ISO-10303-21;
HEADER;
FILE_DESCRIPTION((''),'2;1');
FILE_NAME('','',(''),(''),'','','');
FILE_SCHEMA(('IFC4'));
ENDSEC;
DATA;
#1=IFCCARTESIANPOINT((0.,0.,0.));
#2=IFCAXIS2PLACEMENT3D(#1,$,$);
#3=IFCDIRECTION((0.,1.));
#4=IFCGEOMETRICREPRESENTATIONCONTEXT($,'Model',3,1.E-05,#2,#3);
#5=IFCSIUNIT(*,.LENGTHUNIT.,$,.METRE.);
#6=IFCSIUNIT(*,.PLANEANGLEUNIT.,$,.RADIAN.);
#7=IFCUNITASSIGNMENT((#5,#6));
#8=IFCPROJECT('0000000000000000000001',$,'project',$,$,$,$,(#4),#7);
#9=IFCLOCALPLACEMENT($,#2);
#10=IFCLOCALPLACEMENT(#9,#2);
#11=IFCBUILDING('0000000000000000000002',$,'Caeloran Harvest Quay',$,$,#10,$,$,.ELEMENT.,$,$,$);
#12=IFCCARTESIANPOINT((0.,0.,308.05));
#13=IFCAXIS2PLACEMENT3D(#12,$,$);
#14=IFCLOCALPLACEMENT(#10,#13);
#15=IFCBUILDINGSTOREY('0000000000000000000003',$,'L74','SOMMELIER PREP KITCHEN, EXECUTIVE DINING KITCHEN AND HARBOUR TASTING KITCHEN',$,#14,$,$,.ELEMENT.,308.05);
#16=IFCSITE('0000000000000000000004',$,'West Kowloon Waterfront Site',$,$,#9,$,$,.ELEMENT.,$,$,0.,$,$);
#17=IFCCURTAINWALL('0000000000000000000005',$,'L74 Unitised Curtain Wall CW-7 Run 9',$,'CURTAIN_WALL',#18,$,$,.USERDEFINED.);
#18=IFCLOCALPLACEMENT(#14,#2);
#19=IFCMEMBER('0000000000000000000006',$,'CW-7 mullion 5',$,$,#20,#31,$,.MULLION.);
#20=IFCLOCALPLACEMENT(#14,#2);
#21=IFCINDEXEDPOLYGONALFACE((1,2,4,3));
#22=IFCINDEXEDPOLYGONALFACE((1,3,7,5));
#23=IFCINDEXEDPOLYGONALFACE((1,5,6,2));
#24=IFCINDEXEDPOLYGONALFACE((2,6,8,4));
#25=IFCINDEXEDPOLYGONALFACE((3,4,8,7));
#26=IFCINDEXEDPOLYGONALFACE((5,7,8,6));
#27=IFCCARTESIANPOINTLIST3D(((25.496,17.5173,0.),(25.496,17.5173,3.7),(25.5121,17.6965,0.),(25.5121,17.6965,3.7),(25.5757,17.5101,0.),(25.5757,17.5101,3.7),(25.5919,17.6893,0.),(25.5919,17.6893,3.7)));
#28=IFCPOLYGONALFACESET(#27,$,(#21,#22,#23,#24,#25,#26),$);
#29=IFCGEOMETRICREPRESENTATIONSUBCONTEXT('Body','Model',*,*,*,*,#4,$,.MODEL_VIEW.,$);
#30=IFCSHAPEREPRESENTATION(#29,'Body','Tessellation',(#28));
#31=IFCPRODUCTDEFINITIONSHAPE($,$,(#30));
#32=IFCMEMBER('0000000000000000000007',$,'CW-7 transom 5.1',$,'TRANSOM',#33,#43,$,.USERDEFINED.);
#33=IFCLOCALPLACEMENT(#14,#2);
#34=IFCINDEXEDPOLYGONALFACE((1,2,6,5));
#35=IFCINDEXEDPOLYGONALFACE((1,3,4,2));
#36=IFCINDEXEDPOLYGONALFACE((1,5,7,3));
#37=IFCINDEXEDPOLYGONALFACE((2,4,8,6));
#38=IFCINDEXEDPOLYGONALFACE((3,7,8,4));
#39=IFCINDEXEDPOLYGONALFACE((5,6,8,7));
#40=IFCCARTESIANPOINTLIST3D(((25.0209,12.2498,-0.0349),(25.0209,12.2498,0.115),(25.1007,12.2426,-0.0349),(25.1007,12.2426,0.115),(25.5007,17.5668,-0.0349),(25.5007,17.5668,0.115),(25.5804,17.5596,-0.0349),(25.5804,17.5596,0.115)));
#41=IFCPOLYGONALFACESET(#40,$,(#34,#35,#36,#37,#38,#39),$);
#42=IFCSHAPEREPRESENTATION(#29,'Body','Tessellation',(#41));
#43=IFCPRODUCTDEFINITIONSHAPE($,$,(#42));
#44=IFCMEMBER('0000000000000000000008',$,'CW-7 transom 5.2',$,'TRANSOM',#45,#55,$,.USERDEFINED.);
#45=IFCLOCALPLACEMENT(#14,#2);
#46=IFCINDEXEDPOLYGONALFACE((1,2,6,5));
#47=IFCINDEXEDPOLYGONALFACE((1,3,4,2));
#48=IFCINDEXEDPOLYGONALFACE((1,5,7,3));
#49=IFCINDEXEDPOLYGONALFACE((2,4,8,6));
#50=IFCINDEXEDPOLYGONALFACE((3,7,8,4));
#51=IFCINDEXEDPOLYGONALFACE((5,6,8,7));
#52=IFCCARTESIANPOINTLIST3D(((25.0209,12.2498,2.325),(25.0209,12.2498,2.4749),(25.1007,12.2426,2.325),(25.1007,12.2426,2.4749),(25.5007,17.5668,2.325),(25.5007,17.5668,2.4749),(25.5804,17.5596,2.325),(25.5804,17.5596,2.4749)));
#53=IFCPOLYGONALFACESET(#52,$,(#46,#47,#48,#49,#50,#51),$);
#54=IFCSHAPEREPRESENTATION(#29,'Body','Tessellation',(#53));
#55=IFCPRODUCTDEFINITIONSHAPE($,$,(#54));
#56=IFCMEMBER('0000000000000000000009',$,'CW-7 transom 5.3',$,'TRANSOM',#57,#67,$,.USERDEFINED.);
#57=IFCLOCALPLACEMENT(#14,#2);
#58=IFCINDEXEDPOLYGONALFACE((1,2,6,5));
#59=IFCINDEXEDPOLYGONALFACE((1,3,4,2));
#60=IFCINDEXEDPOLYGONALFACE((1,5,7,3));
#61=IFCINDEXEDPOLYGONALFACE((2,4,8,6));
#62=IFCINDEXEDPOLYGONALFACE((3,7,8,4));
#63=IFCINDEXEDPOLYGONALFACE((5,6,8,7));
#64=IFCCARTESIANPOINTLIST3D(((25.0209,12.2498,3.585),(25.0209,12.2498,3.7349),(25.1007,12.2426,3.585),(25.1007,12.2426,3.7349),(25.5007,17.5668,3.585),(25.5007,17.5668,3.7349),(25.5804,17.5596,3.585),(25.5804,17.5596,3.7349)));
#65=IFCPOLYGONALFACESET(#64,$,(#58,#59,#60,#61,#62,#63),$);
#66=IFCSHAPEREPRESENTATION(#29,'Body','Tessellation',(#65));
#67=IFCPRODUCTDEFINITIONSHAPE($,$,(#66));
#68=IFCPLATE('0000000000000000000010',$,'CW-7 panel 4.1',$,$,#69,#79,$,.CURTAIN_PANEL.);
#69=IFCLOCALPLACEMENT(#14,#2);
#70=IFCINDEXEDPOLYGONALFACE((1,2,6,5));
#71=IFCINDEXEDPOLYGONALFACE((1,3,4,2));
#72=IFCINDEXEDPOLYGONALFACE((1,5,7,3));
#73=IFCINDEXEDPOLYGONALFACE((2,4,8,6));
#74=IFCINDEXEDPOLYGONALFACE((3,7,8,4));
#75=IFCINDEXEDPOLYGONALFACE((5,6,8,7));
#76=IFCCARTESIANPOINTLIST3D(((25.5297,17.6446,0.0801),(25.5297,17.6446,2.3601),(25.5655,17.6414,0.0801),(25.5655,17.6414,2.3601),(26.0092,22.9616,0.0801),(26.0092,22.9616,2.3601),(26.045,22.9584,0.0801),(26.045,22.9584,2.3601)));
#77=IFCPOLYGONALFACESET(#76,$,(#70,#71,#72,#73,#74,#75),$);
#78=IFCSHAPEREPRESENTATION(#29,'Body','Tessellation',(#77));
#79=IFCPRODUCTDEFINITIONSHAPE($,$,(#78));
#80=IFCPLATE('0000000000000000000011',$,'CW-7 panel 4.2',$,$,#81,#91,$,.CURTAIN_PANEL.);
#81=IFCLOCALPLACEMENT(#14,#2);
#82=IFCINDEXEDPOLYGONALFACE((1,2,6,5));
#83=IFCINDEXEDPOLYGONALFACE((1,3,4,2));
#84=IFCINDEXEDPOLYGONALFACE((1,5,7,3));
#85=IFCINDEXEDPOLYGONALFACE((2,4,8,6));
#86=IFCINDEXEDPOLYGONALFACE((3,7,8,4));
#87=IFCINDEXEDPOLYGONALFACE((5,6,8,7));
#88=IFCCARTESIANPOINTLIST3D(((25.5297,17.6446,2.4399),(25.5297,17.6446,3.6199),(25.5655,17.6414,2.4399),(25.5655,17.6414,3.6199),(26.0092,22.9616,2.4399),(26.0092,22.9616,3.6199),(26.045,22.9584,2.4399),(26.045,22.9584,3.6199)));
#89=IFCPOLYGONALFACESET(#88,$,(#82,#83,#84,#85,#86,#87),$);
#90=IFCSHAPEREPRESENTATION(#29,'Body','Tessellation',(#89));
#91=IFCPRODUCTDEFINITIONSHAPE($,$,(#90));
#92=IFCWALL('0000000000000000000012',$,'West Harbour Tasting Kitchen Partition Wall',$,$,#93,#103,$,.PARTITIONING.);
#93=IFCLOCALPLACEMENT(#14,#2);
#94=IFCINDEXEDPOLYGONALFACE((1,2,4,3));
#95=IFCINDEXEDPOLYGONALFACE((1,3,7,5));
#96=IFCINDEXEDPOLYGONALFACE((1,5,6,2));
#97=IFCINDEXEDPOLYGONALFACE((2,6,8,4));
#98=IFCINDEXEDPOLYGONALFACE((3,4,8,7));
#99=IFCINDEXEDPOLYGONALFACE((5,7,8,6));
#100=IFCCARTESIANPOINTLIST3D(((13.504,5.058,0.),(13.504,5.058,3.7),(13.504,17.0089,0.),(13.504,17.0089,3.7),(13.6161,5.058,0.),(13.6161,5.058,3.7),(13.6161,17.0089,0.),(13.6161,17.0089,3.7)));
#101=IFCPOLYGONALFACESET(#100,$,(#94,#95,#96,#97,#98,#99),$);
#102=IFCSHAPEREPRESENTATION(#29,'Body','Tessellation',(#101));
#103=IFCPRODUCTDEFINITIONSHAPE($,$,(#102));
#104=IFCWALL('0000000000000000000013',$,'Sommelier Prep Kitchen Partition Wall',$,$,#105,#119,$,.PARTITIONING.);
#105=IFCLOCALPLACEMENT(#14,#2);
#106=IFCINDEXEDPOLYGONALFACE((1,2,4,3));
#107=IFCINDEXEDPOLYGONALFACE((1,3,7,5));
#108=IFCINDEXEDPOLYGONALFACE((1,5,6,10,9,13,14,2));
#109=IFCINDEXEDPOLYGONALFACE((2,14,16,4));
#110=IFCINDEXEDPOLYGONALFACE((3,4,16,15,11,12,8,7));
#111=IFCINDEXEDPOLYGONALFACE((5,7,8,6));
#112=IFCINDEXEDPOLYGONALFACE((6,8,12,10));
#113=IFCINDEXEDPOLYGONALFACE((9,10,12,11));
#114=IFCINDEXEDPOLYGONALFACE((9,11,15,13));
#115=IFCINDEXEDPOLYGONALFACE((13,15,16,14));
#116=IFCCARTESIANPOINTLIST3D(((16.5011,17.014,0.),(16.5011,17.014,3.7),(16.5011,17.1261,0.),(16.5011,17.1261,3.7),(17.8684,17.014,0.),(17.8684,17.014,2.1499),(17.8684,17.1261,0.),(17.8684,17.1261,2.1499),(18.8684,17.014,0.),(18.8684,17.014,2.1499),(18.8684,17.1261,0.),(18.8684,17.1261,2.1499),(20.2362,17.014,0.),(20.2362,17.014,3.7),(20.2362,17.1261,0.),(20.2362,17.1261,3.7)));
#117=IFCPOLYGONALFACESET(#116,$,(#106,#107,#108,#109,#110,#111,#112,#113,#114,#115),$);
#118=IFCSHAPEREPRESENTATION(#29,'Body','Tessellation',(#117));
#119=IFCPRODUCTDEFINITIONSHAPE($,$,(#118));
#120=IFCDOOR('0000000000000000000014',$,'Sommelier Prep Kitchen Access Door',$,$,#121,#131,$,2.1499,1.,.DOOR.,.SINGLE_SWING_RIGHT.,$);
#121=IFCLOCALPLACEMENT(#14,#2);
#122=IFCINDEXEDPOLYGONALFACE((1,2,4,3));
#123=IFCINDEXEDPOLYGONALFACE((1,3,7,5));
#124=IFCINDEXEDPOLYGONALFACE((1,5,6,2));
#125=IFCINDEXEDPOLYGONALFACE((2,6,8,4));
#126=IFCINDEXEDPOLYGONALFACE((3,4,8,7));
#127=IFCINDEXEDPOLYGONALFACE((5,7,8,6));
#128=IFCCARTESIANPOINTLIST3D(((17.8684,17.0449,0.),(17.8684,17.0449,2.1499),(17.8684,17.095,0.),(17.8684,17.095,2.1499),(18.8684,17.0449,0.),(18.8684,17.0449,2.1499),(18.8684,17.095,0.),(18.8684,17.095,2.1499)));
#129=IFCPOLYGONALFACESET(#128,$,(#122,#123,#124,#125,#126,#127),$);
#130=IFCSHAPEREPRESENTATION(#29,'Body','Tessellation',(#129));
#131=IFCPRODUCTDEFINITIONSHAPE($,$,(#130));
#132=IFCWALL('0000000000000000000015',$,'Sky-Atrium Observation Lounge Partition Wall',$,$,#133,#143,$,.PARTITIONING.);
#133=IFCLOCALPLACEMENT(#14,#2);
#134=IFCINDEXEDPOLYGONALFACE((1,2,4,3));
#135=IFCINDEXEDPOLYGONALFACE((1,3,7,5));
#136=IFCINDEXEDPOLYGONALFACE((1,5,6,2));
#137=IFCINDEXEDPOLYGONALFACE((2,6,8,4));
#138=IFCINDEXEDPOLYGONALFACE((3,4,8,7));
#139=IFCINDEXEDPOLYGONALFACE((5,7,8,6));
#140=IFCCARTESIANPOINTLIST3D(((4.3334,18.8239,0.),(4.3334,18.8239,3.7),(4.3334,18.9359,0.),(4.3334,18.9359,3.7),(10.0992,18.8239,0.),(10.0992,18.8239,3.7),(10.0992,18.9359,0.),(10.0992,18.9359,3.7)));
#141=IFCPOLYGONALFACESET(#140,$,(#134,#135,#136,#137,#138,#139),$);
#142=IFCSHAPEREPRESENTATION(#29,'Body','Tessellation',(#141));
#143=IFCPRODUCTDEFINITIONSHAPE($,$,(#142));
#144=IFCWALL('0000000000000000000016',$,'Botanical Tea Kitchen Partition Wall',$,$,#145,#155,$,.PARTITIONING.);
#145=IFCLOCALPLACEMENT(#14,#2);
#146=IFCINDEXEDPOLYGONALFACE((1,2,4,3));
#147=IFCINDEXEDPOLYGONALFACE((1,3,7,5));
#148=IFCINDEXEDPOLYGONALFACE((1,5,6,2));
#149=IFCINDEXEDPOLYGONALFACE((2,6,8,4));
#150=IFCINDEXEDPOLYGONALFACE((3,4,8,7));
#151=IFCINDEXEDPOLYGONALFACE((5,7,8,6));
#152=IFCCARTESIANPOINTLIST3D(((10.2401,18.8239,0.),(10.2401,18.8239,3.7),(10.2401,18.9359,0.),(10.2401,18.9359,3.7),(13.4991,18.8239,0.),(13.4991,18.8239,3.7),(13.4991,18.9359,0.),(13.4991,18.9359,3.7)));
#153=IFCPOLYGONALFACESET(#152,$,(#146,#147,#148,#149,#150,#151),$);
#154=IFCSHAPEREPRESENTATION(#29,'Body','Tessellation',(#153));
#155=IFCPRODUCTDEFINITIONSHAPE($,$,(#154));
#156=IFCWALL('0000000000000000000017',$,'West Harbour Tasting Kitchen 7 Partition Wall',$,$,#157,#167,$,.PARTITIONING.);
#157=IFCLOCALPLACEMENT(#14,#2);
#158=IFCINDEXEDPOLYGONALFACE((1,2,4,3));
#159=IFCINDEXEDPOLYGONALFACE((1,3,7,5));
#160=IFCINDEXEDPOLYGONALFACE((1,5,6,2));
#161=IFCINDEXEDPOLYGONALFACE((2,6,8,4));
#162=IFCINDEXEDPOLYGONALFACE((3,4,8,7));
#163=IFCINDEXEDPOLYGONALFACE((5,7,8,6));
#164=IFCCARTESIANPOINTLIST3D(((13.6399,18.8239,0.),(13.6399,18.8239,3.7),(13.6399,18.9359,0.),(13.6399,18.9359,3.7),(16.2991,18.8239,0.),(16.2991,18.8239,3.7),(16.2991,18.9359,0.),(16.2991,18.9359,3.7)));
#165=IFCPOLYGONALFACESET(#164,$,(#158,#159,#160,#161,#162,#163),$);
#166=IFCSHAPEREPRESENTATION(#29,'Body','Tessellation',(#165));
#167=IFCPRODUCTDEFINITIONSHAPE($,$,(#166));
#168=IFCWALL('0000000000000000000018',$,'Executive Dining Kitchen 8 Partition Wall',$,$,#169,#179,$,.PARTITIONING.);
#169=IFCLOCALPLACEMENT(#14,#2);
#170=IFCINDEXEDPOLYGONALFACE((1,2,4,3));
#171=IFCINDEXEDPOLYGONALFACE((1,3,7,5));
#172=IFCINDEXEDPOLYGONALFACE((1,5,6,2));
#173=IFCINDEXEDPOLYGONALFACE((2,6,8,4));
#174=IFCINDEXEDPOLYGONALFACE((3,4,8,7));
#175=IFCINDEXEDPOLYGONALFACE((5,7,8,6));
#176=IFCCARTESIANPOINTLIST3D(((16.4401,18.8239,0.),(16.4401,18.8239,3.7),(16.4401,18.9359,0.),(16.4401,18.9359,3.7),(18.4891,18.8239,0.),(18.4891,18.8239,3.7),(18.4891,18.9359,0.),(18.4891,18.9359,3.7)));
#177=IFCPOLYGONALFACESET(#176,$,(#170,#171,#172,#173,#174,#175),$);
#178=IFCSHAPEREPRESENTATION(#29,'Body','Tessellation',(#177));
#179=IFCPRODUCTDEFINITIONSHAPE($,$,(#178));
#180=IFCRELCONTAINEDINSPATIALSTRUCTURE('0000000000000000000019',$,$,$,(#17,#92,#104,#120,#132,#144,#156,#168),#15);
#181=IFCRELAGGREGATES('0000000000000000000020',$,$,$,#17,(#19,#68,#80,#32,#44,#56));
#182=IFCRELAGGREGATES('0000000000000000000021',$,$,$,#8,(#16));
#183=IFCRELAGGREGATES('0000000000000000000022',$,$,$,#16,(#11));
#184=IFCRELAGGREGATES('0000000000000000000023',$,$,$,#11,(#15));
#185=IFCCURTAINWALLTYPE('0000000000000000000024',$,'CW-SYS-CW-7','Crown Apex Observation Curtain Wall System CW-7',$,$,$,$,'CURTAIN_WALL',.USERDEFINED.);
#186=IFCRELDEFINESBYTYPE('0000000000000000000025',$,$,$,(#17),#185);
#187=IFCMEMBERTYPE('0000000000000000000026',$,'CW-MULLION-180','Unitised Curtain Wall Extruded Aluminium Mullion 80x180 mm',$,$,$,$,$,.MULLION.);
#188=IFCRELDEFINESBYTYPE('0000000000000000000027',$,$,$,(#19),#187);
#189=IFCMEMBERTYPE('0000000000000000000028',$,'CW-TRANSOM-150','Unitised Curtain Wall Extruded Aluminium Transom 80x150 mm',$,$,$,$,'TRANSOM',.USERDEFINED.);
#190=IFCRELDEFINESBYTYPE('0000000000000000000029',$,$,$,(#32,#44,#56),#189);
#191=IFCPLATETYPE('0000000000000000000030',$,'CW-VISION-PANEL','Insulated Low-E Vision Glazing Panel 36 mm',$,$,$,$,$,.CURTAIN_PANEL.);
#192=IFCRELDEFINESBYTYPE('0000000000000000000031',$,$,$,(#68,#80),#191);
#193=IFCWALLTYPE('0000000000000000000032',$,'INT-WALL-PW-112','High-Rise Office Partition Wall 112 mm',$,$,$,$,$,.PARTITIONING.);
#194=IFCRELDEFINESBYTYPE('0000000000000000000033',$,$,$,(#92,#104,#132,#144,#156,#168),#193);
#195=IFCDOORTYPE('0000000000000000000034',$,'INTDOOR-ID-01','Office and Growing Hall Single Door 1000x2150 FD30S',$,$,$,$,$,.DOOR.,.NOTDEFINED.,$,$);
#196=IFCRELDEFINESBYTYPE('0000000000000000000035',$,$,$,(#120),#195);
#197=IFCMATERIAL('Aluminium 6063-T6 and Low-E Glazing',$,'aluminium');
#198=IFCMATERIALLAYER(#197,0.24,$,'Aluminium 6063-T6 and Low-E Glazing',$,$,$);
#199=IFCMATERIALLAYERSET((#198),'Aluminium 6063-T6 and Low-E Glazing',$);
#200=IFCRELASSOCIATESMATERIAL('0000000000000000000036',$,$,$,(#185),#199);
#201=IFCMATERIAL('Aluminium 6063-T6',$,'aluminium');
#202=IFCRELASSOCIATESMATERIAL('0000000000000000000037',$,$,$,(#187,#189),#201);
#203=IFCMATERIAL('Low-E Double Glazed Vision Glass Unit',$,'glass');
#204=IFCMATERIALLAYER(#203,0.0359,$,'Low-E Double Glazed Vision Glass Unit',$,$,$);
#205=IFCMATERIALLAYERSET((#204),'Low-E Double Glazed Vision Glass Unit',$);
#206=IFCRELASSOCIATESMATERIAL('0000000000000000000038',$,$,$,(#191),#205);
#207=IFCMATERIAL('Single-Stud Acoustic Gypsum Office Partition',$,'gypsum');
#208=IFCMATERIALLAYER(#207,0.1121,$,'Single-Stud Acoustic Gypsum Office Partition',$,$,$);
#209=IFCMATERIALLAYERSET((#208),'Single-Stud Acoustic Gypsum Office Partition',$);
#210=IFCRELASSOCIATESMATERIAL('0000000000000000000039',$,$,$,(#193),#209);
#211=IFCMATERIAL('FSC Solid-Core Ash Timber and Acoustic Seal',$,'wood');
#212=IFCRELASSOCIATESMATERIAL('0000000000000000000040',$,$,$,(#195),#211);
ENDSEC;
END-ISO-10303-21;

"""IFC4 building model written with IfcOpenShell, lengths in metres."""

from ifc_helpers import new_model, si_unit, direction, frame, frame_2d, origin, origin_2d, place, context, subcontext, project, spatial, rectangle, extrude, material, layer, layer_set, material_profile, profile_set, type_object, element, fill, aggregate, save


model = new_model("IFC4")

# Units and contexts
model_context = context("Model", 3, precision=1e-05, world=origin(), true_north=direction((0.0, 1.0)))
body_context = subcontext(model_context, "Body", "Model", "MODEL_VIEW")
ifc_project = project(units=[si_unit("LENGTHUNIT", "METRE"), si_unit("PLANEANGLEUNIT", "RADIAN")], contexts=[model_context])

# Site, building, storey
site_placement = place(None, origin())
site = spatial("IfcSite", under=ifc_project, at=site_placement, Name="West Kowloon Waterfront Site", CompositionType="ELEMENT", RefElevation=0.0)
building_placement = place(site_placement, origin())
building = spatial("IfcBuilding", under=site, at=building_placement, Name="Caeloran Harvest Quay", CompositionType="ELEMENT")
storey_placement = place(building_placement, frame((0.0, 0.0, 308.05)))
storey = spatial("IfcBuildingStorey", under=building, at=storey_placement, Name="L74", Description="SOMMELIER PREP KITCHEN, EXECUTIVE DINING KITCHEN AND HARBOUR TASTING KITCHEN", CompositionType="ELEMENT", Elevation=308.05)

# Curtain wall, members, plates
ifc_material_1 = material(Name="Aluminium 6063-T6 and Low-E Glazing", Category="aluminium")
ifc_layer_1 = layer(ifc_material_1, 0.24, Name="Aluminium 6063-T6 and Low-E Glazing")
ifc_layer_set_1 = layer_set([ifc_layer_1], Name="Aluminium 6063-T6 and Low-E Glazing")
curtain_wall_type = type_object("IfcCurtainWallType", Name="CW-SYS-CW-7", Description="Crown Apex Observation Curtain Wall System CW-7", ElementType="CURTAIN_WALL", PredefinedType="USERDEFINED", material=ifc_layer_set_1)
curtain_wall_placement = place(storey_placement, origin())
curtain_wall = element("IfcCurtainWall", 1, at=curtain_wall_placement, inside=storey, type_object=curtain_wall_type, Name="L74 Unitised Curtain Wall CW-7 Run 9", ObjectType="CURTAIN_WALL", PredefinedType="USERDEFINED")
ifc_material_2 = material(Name="Aluminium 6063-T6", Category="aluminium")
ifc_material_profile_1 = material_profile(ifc_material_2, rectangle(XDim=0.0801, YDim=0.1799, at=origin_2d()), Name="CW-MULLION-180")
ifc_profile_set_1 = profile_set([ifc_material_profile_1], Name="Aluminium 6063-T6")
member_type_1 = type_object("IfcMemberType", Name="CW-MULLION-180", Description="Unitised Curtain Wall Extruded Aluminium Mullion 80x180 mm", PredefinedType="MULLION", material=ifc_profile_set_1)
member_1_placement = place(storey_placement, frame((25.5439, 17.6033, 0.0), z_axis=(0.0, 0.0, 1.0), x_axis=(0.995958, -0.089821, 0.0)))
member_1 = element("IfcMember", 2, at=member_1_placement, type_object=member_type_1, Name="CW-7 mullion 5", PredefinedType="MULLION", context=body_context, shape_type="SweptSolid", body=[
    extrude(rectangle(XDim=0.0801, YDim=0.1799, at=origin_2d()), origin(), (0.0, 0.0, 1.0), 3.7),
])
ifc_material_profile_2 = material_profile(ifc_material_2, rectangle(XDim=0.0801, YDim=0.1499, at=origin_2d()), Name="CW-TRANSOM-150")
ifc_profile_set_2 = profile_set([ifc_material_profile_2], Name="Aluminium 6063-T6")
member_type_2 = type_object("IfcMemberType", Name="CW-TRANSOM-150", Description="Unitised Curtain Wall Extruded Aluminium Transom 80x150 mm", ElementType="TRANSOM", PredefinedType="USERDEFINED", material=ifc_profile_set_2)
member_2_placement = place(storey_placement, frame((25.5405, 17.5632, 0.04), z_axis=(-0.08986, -0.995954, 0.0), x_axis=(0.995954, -0.08986, 0.0)))
member_2 = element("IfcMember", 3, at=member_2_placement, type_object=member_type_2, Name="CW-7 transom 5.1", ObjectType="TRANSOM", PredefinedType="USERDEFINED", context=body_context, shape_type="SweptSolid", body=[
    extrude(rectangle(XDim=0.0801, YDim=0.1499, at=origin_2d()), origin(), (0.0, 0.0, 1.0), 5.3386),
])
member_3_placement = place(storey_placement, frame((25.5405, 17.5632, 2.3999), z_axis=(-0.08986, -0.995954, 0.0), x_axis=(0.995954, -0.08986, 0.0)))
member_3 = element("IfcMember", 4, at=member_3_placement, type_object=member_type_2, Name="CW-7 transom 5.2", ObjectType="TRANSOM", PredefinedType="USERDEFINED", context=body_context, shape_type="SweptSolid", body=[
    extrude(rectangle(XDim=0.0801, YDim=0.1499, at=origin_2d()), origin(), (0.0, 0.0, 1.0), 5.3386),
])
member_4_placement = place(storey_placement, frame((25.5405, 17.5632, 3.6599), z_axis=(-0.08986, -0.995954, 0.0), x_axis=(0.995954, -0.08986, 0.0)))
member_4 = element("IfcMember", 5, at=member_4_placement, type_object=member_type_2, Name="CW-7 transom 5.3", ObjectType="TRANSOM", PredefinedType="USERDEFINED", context=body_context, shape_type="SweptSolid", body=[
    extrude(rectangle(XDim=0.0801, YDim=0.1499, at=origin_2d()), origin(), (0.0, 0.0, 1.0), 5.3386),
])
ifc_material_3 = material(Name="Low-E Double Glazed Vision Glass Unit", Category="glass")
ifc_layer_2 = layer(ifc_material_3, 0.0359, Name="Low-E Double Glazed Vision Glass Unit")
ifc_layer_set_2 = layer_set([ifc_layer_2], Name="Low-E Double Glazed Vision Glass Unit")
plate_type = type_object("IfcPlateType", Name="CW-VISION-PANEL", Description="Insulated Low-E Vision Glazing Panel 36 mm", PredefinedType="CURTAIN_PANEL", material=ifc_layer_set_2)
plate_1_placement = place(storey_placement, frame((25.7874, 20.3015, 0.0801), z_axis=(0.0, 0.0, 1.0), x_axis=(-0.089821, -0.995958, 0.0)))
plate_1 = element("IfcPlate", 6, at=plate_1_placement, type_object=plate_type, Name="CW-7 panel 4.1", PredefinedType="CURTAIN_PANEL", context=body_context, shape_type="SweptSolid", body=[
    extrude(rectangle(XDim=5.3386, YDim=0.0359, at=origin_2d()), origin(), (0.0, 0.0, 1.0), 2.28),
])
plate_2_placement = place(storey_placement, frame((25.7874, 20.3015, 2.4399), z_axis=(0.0, 0.0, 1.0), x_axis=(-0.089821, -0.995958, 0.0)))
plate_2 = element("IfcPlate", 7, at=plate_2_placement, type_object=plate_type, Name="CW-7 panel 4.2", PredefinedType="CURTAIN_PANEL", context=body_context, shape_type="SweptSolid", body=[
    extrude(rectangle(XDim=5.3386, YDim=0.0359, at=origin_2d()), origin(), (0.0, 0.0, 1.0), 1.1799),
])
aggregate(curtain_wall, [member_1, plate_1, plate_2, member_2, member_3, member_4])

# Shared definitions
ifc_material_4 = material(Name="Single-Stud Acoustic Gypsum Office Partition", Category="gypsum")
ifc_layer_3 = layer(ifc_material_4, 0.1121, Name="Single-Stud Acoustic Gypsum Office Partition")
ifc_layer_set_3 = layer_set([ifc_layer_3], Name="Single-Stud Acoustic Gypsum Office Partition")
wall_type_1 = type_object("IfcWallType", Name="INT-WALL-PW-112", Description="High-Rise Office Partition Wall 112 mm", PredefinedType="PARTITIONING", material=ifc_layer_set_3)
ifc_material_5 = material(Name="FSC Solid-Core Ash Timber and Acoustic Seal", Category="wood")
door_type_1 = type_object("IfcDoorType", Name="INTDOOR-ID-01", Description="Office and Growing Hall Single Door 1000x2150 FD30S", OperationType="NOTDEFINED", PredefinedType="DOOR", material=ifc_material_5)

# Wall
wall_1_placement = place(storey_placement, frame((13.5601, 17.009, 0.0), z_axis=(0.0, 0.0, 1.0), x_axis=(0.0, -1.0, 0.0)))
element("IfcWall", 8, at=wall_1_placement, inside=storey, type_object=wall_type_1, Name="West Harbour Tasting Kitchen Partition Wall", PredefinedType="PARTITIONING", context=body_context, shape_type="SweptSolid", body=[
    extrude(rectangle(XDim=11.9509, YDim=0.1121, at=frame_2d((5.9756, 0.0))), origin(), (0.0, 0.0, 1.0), 3.7),
])

# Wall, opening, door
wall_2_placement = place(storey_placement, frame((16.501, 17.0701, 0.0), z_axis=(0.0, 0.0, 1.0), x_axis=(1.0, 0.0, 0.0)))
wall_2 = element("IfcWall", 9, at=wall_2_placement, inside=storey, type_object=wall_type_1, Name="Sommelier Prep Kitchen Partition Wall", PredefinedType="PARTITIONING", context=body_context, shape_type="SweptSolid", body=[
    extrude(rectangle(XDim=3.7351, YDim=0.1121, at=frame_2d((1.8677, 0.0))), origin(), (0.0, 0.0, 1.0), 3.7),
])
opening_1_placement = place(wall_2_placement, frame((1.3674, 0.0, 0.0)))
opening_1 = element("IfcOpeningElement", 10, at=opening_1_placement, cuts=wall_2, PredefinedType="OPENING", context=body_context, shape_type="SweptSolid", body=[
    extrude(rectangle(XDim=1.0, YDim=2.1499, at=frame_2d((0.5, 1.075))), frame((0.0, 0.0659, 0.0), z_axis=(0.0, -1.0, 0.0), x_axis=(1.0, 0.0, 0.0)), (0.0, 0.0, 1.0), 0.1321),
])
door_1_placement = place(opening_1_placement, origin())
door_1 = element("IfcDoor", 11, at=door_1_placement, inside=storey, type_object=door_type_1, Name="Sommelier Prep Kitchen Access Door", OperationType="SINGLE_SWING_RIGHT", OverallHeight=2.1499, OverallWidth=1.0, PredefinedType="DOOR", context=body_context, shape_type="SweptSolid", body=[
    extrude(rectangle(XDim=1.0, YDim=2.1499, at=frame_2d((0.5, 1.075))), frame((0.0, 0.0249, 0.0), z_axis=(0.0, -1.0, 0.0), x_axis=(1.0, 0.0, 0.0)), (0.0, 0.0, 1.0), 0.05),
])
fill(opening_1, door_1)

# Walls
wall_3_placement = place(storey_placement, frame((10.0991, 18.8799, 0.0), z_axis=(0.0, 0.0, 1.0), x_axis=(-1.0, 0.0, 0.0)))
element("IfcWall", 12, at=wall_3_placement, inside=storey, type_object=wall_type_1, Name="Sky-Atrium Observation Lounge Partition Wall", PredefinedType="PARTITIONING", context=body_context, shape_type="SweptSolid", body=[
    extrude(rectangle(XDim=5.7659, YDim=0.1121, at=frame_2d((2.8828, 0.0))), origin(), (0.0, 0.0, 1.0), 3.7),
])
wall_4_placement = place(storey_placement, frame((13.499, 18.8799, 0.0), z_axis=(0.0, 0.0, 1.0), x_axis=(-1.0, 0.0, 0.0)))
element("IfcWall", 13, at=wall_4_placement, inside=storey, type_object=wall_type_1, Name="Botanical Tea Kitchen Partition Wall", PredefinedType="PARTITIONING", context=body_context, shape_type="SweptSolid", body=[
    extrude(rectangle(XDim=3.259, YDim=0.1121, at=frame_2d((1.6294, 0.0))), origin(), (0.0, 0.0, 1.0), 3.7),
])
wall_5_placement = place(storey_placement, frame((16.2991, 18.8799, 0.0), z_axis=(0.0, 0.0, 1.0), x_axis=(-1.0, 0.0, 0.0)))
element("IfcWall", 14, at=wall_5_placement, inside=storey, type_object=wall_type_1, Name="West Harbour Tasting Kitchen 7 Partition Wall", PredefinedType="PARTITIONING", context=body_context, shape_type="SweptSolid", body=[
    extrude(rectangle(XDim=2.6592, YDim=0.1121, at=frame_2d((1.3296, 0.0))), origin(), (0.0, 0.0, 1.0), 3.7),
])
wall_6_placement = place(storey_placement, frame((18.489, 18.8799, 0.0), z_axis=(0.0, 0.0, 1.0), x_axis=(-1.0, 0.0, 0.0)))
element("IfcWall", 15, at=wall_6_placement, inside=storey, type_object=wall_type_1, Name="Executive Dining Kitchen 8 Partition Wall", PredefinedType="PARTITIONING", context=body_context, shape_type="SweptSolid", body=[
    extrude(rectangle(XDim=2.0491, YDim=0.1121, at=frame_2d((1.0244, 0.0))), origin(), (0.0, 0.0, 1.0), 3.7),
])

save(model, "model.ifc")
